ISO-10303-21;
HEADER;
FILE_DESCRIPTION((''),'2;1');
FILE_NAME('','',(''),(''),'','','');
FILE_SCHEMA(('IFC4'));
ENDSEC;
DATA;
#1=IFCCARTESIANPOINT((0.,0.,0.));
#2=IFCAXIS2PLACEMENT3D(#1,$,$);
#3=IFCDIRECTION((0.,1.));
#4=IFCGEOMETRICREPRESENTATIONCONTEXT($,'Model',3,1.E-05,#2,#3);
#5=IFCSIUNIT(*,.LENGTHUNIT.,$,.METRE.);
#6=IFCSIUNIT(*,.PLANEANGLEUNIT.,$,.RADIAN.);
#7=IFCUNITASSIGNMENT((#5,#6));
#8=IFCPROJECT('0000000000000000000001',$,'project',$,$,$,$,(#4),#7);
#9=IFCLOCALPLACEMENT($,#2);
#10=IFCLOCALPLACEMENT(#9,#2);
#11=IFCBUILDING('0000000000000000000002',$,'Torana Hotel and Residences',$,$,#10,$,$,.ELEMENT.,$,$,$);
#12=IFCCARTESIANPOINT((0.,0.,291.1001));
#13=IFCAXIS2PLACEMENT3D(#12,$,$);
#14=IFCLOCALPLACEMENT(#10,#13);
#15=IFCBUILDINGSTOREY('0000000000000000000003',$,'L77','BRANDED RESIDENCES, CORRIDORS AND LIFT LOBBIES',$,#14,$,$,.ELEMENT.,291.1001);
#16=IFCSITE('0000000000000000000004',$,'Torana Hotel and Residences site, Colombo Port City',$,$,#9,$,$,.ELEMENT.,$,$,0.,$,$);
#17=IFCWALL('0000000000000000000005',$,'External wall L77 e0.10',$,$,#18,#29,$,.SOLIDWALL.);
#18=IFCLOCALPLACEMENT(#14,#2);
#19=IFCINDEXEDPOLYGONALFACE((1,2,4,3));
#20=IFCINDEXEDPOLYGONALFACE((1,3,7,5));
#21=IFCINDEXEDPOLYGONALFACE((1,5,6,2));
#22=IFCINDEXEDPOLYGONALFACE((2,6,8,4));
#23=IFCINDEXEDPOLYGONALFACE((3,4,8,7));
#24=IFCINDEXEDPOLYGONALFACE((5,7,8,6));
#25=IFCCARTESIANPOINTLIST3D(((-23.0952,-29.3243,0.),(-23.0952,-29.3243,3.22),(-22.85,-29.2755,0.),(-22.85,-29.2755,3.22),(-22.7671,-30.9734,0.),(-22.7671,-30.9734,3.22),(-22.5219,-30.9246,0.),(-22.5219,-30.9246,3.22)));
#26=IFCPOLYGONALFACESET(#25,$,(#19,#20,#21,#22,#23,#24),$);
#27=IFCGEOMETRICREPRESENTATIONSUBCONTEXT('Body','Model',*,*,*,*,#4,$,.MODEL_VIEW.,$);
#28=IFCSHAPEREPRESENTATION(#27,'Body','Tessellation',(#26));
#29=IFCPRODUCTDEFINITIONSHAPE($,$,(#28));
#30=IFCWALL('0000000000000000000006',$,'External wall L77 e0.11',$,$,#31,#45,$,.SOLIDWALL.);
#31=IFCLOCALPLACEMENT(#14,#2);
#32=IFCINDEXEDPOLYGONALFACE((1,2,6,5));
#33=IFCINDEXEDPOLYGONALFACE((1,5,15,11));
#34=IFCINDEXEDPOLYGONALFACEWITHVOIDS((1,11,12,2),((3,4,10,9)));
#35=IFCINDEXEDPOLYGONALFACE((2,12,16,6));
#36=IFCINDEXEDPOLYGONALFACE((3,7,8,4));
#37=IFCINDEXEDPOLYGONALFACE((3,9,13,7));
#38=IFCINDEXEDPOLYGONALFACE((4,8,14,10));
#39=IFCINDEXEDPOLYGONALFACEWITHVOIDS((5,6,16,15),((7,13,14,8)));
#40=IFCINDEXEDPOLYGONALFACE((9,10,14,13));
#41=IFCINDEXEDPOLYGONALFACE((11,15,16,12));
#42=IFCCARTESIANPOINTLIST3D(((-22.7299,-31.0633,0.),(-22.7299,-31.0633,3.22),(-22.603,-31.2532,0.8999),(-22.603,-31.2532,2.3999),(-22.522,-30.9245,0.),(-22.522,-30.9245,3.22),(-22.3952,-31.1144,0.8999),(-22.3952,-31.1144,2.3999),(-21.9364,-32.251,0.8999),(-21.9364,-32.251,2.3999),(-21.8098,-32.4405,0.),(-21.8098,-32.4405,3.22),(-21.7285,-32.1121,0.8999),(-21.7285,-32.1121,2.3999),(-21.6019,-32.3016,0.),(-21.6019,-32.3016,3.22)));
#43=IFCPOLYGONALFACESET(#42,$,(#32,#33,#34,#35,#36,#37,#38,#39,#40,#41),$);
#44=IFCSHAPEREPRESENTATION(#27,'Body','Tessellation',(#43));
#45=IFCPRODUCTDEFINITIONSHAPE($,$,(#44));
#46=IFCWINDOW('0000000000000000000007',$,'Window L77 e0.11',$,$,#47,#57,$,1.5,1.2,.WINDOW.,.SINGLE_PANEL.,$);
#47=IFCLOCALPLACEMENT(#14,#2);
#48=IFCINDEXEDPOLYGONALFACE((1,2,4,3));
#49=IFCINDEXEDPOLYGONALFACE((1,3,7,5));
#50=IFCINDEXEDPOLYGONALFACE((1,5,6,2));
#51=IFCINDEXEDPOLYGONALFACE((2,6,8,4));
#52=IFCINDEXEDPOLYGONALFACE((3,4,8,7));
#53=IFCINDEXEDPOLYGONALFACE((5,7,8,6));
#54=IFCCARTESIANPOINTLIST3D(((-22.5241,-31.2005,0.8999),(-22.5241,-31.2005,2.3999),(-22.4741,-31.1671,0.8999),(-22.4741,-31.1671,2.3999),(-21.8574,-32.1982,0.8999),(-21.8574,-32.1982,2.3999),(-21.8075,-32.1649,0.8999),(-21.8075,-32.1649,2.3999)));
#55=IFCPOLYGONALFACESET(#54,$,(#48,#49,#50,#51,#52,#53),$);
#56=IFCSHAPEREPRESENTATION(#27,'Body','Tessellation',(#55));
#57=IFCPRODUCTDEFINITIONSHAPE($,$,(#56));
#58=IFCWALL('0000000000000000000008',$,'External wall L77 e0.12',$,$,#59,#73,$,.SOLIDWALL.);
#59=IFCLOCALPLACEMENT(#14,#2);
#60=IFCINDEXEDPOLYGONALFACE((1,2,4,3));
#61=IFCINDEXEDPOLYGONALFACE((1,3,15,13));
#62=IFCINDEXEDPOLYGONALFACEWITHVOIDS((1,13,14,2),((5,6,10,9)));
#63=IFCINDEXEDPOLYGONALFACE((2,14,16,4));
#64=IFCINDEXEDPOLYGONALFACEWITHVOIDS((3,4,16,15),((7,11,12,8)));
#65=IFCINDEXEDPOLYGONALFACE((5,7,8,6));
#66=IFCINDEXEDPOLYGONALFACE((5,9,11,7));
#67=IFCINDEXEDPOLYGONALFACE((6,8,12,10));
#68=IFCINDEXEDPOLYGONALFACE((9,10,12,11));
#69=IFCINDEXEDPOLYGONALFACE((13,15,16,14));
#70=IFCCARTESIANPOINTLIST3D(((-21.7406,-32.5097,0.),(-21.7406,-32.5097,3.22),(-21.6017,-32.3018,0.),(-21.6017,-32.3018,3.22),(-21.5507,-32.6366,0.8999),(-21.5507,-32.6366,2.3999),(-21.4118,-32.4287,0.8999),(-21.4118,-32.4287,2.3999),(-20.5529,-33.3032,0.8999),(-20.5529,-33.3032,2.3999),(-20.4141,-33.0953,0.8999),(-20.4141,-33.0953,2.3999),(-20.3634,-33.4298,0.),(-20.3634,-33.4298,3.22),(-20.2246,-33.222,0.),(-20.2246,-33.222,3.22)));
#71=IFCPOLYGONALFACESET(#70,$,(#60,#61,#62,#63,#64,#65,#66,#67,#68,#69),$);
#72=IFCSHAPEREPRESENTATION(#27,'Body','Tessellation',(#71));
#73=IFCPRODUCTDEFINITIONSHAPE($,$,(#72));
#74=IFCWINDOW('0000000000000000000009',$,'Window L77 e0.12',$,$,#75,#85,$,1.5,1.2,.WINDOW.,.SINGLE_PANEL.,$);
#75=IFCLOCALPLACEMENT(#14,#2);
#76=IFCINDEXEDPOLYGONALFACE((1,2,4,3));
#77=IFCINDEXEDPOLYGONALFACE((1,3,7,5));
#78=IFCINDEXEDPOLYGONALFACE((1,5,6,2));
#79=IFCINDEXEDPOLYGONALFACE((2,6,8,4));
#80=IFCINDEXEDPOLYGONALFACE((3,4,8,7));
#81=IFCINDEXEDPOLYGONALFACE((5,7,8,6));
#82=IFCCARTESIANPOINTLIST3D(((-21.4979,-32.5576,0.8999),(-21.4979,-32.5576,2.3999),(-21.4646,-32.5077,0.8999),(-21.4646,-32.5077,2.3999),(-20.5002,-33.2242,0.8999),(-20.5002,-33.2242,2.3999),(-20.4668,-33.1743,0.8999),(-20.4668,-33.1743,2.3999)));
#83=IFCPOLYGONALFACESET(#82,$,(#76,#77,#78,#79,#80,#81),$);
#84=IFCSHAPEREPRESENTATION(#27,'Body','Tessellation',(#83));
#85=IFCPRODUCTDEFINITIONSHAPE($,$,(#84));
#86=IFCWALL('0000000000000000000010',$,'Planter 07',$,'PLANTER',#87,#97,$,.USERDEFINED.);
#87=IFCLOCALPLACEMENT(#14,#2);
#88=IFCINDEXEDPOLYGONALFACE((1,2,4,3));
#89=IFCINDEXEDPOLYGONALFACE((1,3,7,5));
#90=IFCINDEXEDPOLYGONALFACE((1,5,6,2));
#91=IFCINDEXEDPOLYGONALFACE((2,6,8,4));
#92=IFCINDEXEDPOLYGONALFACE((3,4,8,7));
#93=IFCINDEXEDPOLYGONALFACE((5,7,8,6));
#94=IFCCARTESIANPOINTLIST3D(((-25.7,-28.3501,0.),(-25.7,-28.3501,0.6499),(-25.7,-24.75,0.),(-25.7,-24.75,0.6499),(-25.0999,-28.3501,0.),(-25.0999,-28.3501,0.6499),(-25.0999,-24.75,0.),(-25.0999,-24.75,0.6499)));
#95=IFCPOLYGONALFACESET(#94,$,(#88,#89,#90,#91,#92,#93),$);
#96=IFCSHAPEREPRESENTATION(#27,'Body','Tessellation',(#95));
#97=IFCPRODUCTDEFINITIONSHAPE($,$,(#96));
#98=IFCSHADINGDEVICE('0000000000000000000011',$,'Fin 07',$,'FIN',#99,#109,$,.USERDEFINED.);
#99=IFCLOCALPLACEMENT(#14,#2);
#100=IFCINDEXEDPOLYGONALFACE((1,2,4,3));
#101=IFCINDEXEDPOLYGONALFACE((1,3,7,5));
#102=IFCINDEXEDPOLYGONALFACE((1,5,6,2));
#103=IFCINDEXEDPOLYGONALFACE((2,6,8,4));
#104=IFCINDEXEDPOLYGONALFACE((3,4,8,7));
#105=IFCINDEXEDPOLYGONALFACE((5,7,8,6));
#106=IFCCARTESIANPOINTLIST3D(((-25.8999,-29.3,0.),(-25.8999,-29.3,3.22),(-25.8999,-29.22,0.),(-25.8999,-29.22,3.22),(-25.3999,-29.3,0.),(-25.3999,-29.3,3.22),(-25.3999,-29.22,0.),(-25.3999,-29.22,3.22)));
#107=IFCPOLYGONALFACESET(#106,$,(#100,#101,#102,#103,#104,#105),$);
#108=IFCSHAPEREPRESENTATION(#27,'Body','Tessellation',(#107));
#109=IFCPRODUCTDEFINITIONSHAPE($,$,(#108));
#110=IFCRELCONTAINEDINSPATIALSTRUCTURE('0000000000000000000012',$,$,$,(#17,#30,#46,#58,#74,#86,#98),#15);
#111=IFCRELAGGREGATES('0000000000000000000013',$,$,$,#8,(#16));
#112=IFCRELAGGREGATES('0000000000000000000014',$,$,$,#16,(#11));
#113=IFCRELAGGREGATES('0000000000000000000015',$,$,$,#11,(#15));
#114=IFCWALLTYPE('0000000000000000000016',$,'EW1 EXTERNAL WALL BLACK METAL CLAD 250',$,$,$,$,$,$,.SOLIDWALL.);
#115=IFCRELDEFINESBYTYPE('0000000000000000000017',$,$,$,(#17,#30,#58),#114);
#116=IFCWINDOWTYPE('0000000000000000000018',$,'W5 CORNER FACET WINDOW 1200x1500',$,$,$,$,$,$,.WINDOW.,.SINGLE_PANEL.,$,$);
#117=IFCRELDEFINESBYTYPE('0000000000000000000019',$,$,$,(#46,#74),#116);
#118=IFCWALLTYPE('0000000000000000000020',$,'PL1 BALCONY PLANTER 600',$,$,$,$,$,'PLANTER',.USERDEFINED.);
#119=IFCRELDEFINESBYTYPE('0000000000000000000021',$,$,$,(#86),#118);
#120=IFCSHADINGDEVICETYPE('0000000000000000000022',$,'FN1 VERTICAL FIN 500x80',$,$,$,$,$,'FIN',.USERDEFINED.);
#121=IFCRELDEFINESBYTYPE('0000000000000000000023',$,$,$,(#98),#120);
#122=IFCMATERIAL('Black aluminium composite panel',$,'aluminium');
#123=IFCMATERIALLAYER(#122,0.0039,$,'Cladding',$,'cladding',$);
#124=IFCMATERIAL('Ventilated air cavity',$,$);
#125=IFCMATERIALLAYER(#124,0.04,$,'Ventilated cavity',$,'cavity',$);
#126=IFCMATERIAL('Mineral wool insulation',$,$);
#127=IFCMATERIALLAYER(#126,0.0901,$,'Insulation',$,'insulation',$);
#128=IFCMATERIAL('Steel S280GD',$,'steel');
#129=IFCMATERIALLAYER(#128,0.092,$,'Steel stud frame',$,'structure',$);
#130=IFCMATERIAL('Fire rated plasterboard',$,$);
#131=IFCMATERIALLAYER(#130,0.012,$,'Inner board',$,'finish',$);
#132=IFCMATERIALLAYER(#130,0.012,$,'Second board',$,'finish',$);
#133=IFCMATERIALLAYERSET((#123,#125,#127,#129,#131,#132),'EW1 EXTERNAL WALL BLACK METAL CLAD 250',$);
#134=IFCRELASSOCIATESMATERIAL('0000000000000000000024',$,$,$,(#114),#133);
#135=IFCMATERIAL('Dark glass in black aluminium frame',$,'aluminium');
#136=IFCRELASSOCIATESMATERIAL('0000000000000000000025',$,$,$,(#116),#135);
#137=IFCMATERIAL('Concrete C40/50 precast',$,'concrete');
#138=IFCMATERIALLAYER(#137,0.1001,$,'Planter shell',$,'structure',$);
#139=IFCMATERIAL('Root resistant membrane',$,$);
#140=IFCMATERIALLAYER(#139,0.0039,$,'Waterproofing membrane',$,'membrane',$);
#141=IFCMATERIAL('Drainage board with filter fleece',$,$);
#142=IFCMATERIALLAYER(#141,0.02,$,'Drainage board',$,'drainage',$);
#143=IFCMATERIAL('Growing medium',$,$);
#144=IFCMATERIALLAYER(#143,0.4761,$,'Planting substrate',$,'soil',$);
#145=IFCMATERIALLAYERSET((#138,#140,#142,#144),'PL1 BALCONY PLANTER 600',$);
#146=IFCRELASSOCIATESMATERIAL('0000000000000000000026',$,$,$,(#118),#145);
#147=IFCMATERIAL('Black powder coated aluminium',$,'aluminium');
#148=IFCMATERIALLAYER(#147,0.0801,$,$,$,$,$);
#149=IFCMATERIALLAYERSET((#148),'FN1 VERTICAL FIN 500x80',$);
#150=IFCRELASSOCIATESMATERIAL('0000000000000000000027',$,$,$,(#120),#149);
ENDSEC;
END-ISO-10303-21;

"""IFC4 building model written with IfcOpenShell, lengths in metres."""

from ifc_helpers import new_model, si_unit, direction, frame, frame_2d, origin, origin_2d, place, context, subcontext, project, spatial, rectangle, extrude, material, layer, layer_set, type_object, element, fill, save


model = new_model("IFC4")

# Units and contexts
model_context = context("Model", 3, precision=1e-05, world=origin(), true_north=direction((0.0, 1.0)))
body_context = subcontext(model_context, "Body", "Model", "MODEL_VIEW")
ifc_project = project(units=[si_unit("LENGTHUNIT", "METRE"), si_unit("PLANEANGLEUNIT", "RADIAN")], contexts=[model_context])

# Site, building, storey
site_placement = place(None, origin())
site = spatial("IfcSite", under=ifc_project, at=site_placement, Name="Torana Hotel and Residences site, Colombo Port City", CompositionType="ELEMENT", RefElevation=0.0)
building_placement = place(site_placement, origin())
building = spatial("IfcBuilding", under=site, at=building_placement, Name="Torana Hotel and Residences", CompositionType="ELEMENT")
storey_placement = place(building_placement, frame((0.0, 0.0, 291.1001)))
storey = spatial("IfcBuildingStorey", under=building, at=storey_placement, Name="L77", Description="BRANDED RESIDENCES, CORRIDORS AND LIFT LOBBIES", CompositionType="ELEMENT", Elevation=291.1001)

# Wall
ifc_material_1 = material(Name="Black aluminium composite panel", Category="aluminium")
ifc_layer_1 = layer(ifc_material_1, 0.0039, Name="Cladding", Category="cladding")
ifc_material_2 = material(Name="Ventilated air cavity")
ifc_layer_2 = layer(ifc_material_2, 0.04, Name="Ventilated cavity", Category="cavity")
ifc_material_3 = material(Name="Mineral wool insulation")
ifc_layer_3 = layer(ifc_material_3, 0.0901, Name="Insulation", Category="insulation")
ifc_material_4 = material(Name="Steel S280GD", Category="steel")
ifc_layer_4 = layer(ifc_material_4, 0.092, Name="Steel stud frame", Category="structure")
ifc_material_5 = material(Name="Fire rated plasterboard")
ifc_layer_5 = layer(ifc_material_5, 0.012, Name="Inner board", Category="finish")
ifc_layer_6 = layer(ifc_material_5, 0.012, Name="Second board", Category="finish")
ifc_layer_set_1 = layer_set([ifc_layer_1, ifc_layer_2, ifc_layer_3, ifc_layer_4, ifc_layer_5, ifc_layer_6], Name="EW1 EXTERNAL WALL BLACK METAL CLAD 250")
wall_type_1 = type_object("IfcWallType", Name="EW1 EXTERNAL WALL BLACK METAL CLAD 250", PredefinedType="SOLIDWALL", material=ifc_layer_set_1)
wall_1_placement = place(storey_placement, frame((-22.9727, -29.2998, 0.0), z_axis=(0.0, 0.0, 1.0), x_axis=(0.195139, -0.980776, 0.0)))
element("IfcWall", 1, at=wall_1_placement, inside=storey, type_object=wall_type_1, Name="External wall L77 e0.10", PredefinedType="SOLIDWALL", context=body_context, shape_type="SweptSolid", body=[
    extrude(rectangle(XDim=1.6814, YDim=0.25, at=frame_2d((0.8408, 0.0))), origin(), (0.0, 0.0, 1.0), 3.22),
])

# Walls, openings, windows
wall_2_placement = place(storey_placement, frame((-22.626, -30.9939, 0.0), z_axis=(0.0, 0.0, 1.0), x_axis=(0.55555, -0.831483, 0.0)))
wall_2 = element("IfcWall", 2, at=wall_2_placement, inside=storey, type_object=wall_type_1, Name="External wall L77 e0.11", PredefinedType="SOLIDWALL", context=body_context, shape_type="SweptSolid", body=[
    extrude(rectangle(XDim=1.6562, YDim=0.25, at=frame_2d((0.8281, 0.0))), origin(), (0.0, 0.0, 1.0), 3.22),
])
opening_1_placement = place(wall_2_placement, frame((0.2283, 0.0, 0.8999)))
opening_1 = element("IfcOpeningElement", 3, at=opening_1_placement, cuts=wall_2, PredefinedType="OPENING", context=body_context, shape_type="SweptSolid", body=[
    extrude(rectangle(XDim=1.2, YDim=1.5, at=frame_2d((0.6001, 0.75))), frame((0.0, 0.135, 0.0), z_axis=(0.0, -1.0, 0.0), x_axis=(1.0, 0.0, 0.0)), (0.0, 0.0, 1.0), 0.27),
])
ifc_material_6 = material(Name="Dark glass in black aluminium frame", Category="aluminium")
window_type = type_object("IfcWindowType", Name="W5 CORNER FACET WINDOW 1200x1500", PartitioningType="SINGLE_PANEL", PredefinedType="WINDOW", material=ifc_material_6)
window_1_placement = place(opening_1_placement, origin())
window_1 = element("IfcWindow", 4, at=window_1_placement, inside=storey, type_object=window_type, Name="Window L77 e0.11", OverallHeight=1.5, OverallWidth=1.2, PartitioningType="SINGLE_PANEL", PredefinedType="WINDOW", context=body_context, shape_type="SweptSolid", body=[
    extrude(rectangle(XDim=1.2, YDim=1.5, at=frame_2d((0.6001, 0.75))), frame((0.0, 0.03, 0.0), z_axis=(0.0, -1.0, 0.0), x_axis=(1.0, 0.0, 0.0)), (0.0, 0.0, 1.0), 0.0601),
])
fill(opening_1, window_1)
wall_3_placement = place(storey_placement, frame((-21.6711, -32.4058, 0.0), z_axis=(0.0, 0.0, 1.0), x_axis=(0.831483, -0.55555, 0.0)))
wall_3 = element("IfcWall", 5, at=wall_3_placement, inside=storey, type_object=wall_type_1, Name="External wall L77 e0.12", PredefinedType="SOLIDWALL", context=body_context, shape_type="SweptSolid", body=[
    extrude(rectangle(XDim=1.6562, YDim=0.25, at=frame_2d((0.8281, 0.0))), origin(), (0.0, 0.0, 1.0), 3.22),
])
opening_2_placement = place(wall_3_placement, frame((0.2283, 0.0, 0.8999)))
opening_2 = element("IfcOpeningElement", 6, at=opening_2_placement, cuts=wall_3, PredefinedType="OPENING", context=body_context, shape_type="SweptSolid", body=[
    extrude(rectangle(XDim=1.2, YDim=1.5, at=frame_2d((0.6001, 0.75))), frame((0.0, 0.135, 0.0), z_axis=(0.0, -1.0, 0.0), x_axis=(1.0, 0.0, 0.0)), (0.0, 0.0, 1.0), 0.27),
])
window_2_placement = place(opening_2_placement, origin())
window_2 = element("IfcWindow", 7, at=window_2_placement, inside=storey, type_object=window_type, Name="Window L77 e0.12", OverallHeight=1.5, OverallWidth=1.2, PartitioningType="SINGLE_PANEL", PredefinedType="WINDOW", context=body_context, shape_type="SweptSolid", body=[
    extrude(rectangle(XDim=1.2, YDim=1.5, at=frame_2d((0.6001, 0.75))), frame((0.0, 0.03, 0.0), z_axis=(0.0, -1.0, 0.0), x_axis=(1.0, 0.0, 0.0)), (0.0, 0.0, 1.0), 0.0601),
])
fill(opening_2, window_2)

# Wall
ifc_material_7 = material(Name="Concrete C40/50 precast", Category="concrete")
ifc_layer_7 = layer(ifc_material_7, 0.1001, Name="Planter shell", Category="structure")
ifc_material_8 = material(Name="Root resistant membrane")
ifc_layer_8 = layer(ifc_material_8, 0.0039, Name="Waterproofing membrane", Category="membrane")
ifc_material_9 = material(Name="Drainage board with filter fleece")
ifc_layer_9 = layer(ifc_material_9, 0.02, Name="Drainage board", Category="drainage")
ifc_material_10 = material(Name="Growing medium")
ifc_layer_10 = layer(ifc_material_10, 0.4761, Name="Planting substrate", Category="soil")
ifc_layer_set_2 = layer_set([ifc_layer_7, ifc_layer_8, ifc_layer_9, ifc_layer_10], Name="PL1 BALCONY PLANTER 600")
wall_type_2 = type_object("IfcWallType", Name="PL1 BALCONY PLANTER 600", ElementType="PLANTER", PredefinedType="USERDEFINED", material=ifc_layer_set_2)
wall_4_placement = place(storey_placement, frame((-25.3999, -28.3501, 0.0), z_axis=(0.0, 0.0, 1.0), x_axis=(0.0, 1.0, 0.0)))
element("IfcWall", 8, at=wall_4_placement, inside=storey, type_object=wall_type_2, Name="Planter 07", ObjectType="PLANTER", PredefinedType="USERDEFINED", context=body_context, shape_type="SweptSolid", body=[
    extrude(rectangle(XDim=3.6001, YDim=0.6001, at=frame_2d((1.8, 0.0))), origin(), (0.0, 0.0, 1.0), 0.6499),
])

# Shading device
ifc_material_11 = material(Name="Black powder coated aluminium", Category="aluminium")
ifc_layer_11 = layer(ifc_material_11, 0.0801)
ifc_layer_set_3 = layer_set([ifc_layer_11], Name="FN1 VERTICAL FIN 500x80")
shading_device_type = type_object("IfcShadingDeviceType", Name="FN1 VERTICAL FIN 500x80", ElementType="FIN", PredefinedType="USERDEFINED", material=ifc_layer_set_3)
shading_device_placement = place(storey_placement, frame((-25.6499, -29.26, 0.0), z_axis=(0.0, 0.0, 1.0), x_axis=(0.0, 1.0, 0.0)))
element("IfcShadingDevice", 9, at=shading_device_placement, inside=storey, type_object=shading_device_type, Name="Fin 07", ObjectType="FIN", PredefinedType="USERDEFINED", context=body_context, shape_type="SweptSolid", body=[
    extrude(rectangle(XDim=0.0801, YDim=0.5, at=origin_2d()), origin(), (0.0, 0.0, 1.0), 3.22),
])

save(model, "model.ifc")
